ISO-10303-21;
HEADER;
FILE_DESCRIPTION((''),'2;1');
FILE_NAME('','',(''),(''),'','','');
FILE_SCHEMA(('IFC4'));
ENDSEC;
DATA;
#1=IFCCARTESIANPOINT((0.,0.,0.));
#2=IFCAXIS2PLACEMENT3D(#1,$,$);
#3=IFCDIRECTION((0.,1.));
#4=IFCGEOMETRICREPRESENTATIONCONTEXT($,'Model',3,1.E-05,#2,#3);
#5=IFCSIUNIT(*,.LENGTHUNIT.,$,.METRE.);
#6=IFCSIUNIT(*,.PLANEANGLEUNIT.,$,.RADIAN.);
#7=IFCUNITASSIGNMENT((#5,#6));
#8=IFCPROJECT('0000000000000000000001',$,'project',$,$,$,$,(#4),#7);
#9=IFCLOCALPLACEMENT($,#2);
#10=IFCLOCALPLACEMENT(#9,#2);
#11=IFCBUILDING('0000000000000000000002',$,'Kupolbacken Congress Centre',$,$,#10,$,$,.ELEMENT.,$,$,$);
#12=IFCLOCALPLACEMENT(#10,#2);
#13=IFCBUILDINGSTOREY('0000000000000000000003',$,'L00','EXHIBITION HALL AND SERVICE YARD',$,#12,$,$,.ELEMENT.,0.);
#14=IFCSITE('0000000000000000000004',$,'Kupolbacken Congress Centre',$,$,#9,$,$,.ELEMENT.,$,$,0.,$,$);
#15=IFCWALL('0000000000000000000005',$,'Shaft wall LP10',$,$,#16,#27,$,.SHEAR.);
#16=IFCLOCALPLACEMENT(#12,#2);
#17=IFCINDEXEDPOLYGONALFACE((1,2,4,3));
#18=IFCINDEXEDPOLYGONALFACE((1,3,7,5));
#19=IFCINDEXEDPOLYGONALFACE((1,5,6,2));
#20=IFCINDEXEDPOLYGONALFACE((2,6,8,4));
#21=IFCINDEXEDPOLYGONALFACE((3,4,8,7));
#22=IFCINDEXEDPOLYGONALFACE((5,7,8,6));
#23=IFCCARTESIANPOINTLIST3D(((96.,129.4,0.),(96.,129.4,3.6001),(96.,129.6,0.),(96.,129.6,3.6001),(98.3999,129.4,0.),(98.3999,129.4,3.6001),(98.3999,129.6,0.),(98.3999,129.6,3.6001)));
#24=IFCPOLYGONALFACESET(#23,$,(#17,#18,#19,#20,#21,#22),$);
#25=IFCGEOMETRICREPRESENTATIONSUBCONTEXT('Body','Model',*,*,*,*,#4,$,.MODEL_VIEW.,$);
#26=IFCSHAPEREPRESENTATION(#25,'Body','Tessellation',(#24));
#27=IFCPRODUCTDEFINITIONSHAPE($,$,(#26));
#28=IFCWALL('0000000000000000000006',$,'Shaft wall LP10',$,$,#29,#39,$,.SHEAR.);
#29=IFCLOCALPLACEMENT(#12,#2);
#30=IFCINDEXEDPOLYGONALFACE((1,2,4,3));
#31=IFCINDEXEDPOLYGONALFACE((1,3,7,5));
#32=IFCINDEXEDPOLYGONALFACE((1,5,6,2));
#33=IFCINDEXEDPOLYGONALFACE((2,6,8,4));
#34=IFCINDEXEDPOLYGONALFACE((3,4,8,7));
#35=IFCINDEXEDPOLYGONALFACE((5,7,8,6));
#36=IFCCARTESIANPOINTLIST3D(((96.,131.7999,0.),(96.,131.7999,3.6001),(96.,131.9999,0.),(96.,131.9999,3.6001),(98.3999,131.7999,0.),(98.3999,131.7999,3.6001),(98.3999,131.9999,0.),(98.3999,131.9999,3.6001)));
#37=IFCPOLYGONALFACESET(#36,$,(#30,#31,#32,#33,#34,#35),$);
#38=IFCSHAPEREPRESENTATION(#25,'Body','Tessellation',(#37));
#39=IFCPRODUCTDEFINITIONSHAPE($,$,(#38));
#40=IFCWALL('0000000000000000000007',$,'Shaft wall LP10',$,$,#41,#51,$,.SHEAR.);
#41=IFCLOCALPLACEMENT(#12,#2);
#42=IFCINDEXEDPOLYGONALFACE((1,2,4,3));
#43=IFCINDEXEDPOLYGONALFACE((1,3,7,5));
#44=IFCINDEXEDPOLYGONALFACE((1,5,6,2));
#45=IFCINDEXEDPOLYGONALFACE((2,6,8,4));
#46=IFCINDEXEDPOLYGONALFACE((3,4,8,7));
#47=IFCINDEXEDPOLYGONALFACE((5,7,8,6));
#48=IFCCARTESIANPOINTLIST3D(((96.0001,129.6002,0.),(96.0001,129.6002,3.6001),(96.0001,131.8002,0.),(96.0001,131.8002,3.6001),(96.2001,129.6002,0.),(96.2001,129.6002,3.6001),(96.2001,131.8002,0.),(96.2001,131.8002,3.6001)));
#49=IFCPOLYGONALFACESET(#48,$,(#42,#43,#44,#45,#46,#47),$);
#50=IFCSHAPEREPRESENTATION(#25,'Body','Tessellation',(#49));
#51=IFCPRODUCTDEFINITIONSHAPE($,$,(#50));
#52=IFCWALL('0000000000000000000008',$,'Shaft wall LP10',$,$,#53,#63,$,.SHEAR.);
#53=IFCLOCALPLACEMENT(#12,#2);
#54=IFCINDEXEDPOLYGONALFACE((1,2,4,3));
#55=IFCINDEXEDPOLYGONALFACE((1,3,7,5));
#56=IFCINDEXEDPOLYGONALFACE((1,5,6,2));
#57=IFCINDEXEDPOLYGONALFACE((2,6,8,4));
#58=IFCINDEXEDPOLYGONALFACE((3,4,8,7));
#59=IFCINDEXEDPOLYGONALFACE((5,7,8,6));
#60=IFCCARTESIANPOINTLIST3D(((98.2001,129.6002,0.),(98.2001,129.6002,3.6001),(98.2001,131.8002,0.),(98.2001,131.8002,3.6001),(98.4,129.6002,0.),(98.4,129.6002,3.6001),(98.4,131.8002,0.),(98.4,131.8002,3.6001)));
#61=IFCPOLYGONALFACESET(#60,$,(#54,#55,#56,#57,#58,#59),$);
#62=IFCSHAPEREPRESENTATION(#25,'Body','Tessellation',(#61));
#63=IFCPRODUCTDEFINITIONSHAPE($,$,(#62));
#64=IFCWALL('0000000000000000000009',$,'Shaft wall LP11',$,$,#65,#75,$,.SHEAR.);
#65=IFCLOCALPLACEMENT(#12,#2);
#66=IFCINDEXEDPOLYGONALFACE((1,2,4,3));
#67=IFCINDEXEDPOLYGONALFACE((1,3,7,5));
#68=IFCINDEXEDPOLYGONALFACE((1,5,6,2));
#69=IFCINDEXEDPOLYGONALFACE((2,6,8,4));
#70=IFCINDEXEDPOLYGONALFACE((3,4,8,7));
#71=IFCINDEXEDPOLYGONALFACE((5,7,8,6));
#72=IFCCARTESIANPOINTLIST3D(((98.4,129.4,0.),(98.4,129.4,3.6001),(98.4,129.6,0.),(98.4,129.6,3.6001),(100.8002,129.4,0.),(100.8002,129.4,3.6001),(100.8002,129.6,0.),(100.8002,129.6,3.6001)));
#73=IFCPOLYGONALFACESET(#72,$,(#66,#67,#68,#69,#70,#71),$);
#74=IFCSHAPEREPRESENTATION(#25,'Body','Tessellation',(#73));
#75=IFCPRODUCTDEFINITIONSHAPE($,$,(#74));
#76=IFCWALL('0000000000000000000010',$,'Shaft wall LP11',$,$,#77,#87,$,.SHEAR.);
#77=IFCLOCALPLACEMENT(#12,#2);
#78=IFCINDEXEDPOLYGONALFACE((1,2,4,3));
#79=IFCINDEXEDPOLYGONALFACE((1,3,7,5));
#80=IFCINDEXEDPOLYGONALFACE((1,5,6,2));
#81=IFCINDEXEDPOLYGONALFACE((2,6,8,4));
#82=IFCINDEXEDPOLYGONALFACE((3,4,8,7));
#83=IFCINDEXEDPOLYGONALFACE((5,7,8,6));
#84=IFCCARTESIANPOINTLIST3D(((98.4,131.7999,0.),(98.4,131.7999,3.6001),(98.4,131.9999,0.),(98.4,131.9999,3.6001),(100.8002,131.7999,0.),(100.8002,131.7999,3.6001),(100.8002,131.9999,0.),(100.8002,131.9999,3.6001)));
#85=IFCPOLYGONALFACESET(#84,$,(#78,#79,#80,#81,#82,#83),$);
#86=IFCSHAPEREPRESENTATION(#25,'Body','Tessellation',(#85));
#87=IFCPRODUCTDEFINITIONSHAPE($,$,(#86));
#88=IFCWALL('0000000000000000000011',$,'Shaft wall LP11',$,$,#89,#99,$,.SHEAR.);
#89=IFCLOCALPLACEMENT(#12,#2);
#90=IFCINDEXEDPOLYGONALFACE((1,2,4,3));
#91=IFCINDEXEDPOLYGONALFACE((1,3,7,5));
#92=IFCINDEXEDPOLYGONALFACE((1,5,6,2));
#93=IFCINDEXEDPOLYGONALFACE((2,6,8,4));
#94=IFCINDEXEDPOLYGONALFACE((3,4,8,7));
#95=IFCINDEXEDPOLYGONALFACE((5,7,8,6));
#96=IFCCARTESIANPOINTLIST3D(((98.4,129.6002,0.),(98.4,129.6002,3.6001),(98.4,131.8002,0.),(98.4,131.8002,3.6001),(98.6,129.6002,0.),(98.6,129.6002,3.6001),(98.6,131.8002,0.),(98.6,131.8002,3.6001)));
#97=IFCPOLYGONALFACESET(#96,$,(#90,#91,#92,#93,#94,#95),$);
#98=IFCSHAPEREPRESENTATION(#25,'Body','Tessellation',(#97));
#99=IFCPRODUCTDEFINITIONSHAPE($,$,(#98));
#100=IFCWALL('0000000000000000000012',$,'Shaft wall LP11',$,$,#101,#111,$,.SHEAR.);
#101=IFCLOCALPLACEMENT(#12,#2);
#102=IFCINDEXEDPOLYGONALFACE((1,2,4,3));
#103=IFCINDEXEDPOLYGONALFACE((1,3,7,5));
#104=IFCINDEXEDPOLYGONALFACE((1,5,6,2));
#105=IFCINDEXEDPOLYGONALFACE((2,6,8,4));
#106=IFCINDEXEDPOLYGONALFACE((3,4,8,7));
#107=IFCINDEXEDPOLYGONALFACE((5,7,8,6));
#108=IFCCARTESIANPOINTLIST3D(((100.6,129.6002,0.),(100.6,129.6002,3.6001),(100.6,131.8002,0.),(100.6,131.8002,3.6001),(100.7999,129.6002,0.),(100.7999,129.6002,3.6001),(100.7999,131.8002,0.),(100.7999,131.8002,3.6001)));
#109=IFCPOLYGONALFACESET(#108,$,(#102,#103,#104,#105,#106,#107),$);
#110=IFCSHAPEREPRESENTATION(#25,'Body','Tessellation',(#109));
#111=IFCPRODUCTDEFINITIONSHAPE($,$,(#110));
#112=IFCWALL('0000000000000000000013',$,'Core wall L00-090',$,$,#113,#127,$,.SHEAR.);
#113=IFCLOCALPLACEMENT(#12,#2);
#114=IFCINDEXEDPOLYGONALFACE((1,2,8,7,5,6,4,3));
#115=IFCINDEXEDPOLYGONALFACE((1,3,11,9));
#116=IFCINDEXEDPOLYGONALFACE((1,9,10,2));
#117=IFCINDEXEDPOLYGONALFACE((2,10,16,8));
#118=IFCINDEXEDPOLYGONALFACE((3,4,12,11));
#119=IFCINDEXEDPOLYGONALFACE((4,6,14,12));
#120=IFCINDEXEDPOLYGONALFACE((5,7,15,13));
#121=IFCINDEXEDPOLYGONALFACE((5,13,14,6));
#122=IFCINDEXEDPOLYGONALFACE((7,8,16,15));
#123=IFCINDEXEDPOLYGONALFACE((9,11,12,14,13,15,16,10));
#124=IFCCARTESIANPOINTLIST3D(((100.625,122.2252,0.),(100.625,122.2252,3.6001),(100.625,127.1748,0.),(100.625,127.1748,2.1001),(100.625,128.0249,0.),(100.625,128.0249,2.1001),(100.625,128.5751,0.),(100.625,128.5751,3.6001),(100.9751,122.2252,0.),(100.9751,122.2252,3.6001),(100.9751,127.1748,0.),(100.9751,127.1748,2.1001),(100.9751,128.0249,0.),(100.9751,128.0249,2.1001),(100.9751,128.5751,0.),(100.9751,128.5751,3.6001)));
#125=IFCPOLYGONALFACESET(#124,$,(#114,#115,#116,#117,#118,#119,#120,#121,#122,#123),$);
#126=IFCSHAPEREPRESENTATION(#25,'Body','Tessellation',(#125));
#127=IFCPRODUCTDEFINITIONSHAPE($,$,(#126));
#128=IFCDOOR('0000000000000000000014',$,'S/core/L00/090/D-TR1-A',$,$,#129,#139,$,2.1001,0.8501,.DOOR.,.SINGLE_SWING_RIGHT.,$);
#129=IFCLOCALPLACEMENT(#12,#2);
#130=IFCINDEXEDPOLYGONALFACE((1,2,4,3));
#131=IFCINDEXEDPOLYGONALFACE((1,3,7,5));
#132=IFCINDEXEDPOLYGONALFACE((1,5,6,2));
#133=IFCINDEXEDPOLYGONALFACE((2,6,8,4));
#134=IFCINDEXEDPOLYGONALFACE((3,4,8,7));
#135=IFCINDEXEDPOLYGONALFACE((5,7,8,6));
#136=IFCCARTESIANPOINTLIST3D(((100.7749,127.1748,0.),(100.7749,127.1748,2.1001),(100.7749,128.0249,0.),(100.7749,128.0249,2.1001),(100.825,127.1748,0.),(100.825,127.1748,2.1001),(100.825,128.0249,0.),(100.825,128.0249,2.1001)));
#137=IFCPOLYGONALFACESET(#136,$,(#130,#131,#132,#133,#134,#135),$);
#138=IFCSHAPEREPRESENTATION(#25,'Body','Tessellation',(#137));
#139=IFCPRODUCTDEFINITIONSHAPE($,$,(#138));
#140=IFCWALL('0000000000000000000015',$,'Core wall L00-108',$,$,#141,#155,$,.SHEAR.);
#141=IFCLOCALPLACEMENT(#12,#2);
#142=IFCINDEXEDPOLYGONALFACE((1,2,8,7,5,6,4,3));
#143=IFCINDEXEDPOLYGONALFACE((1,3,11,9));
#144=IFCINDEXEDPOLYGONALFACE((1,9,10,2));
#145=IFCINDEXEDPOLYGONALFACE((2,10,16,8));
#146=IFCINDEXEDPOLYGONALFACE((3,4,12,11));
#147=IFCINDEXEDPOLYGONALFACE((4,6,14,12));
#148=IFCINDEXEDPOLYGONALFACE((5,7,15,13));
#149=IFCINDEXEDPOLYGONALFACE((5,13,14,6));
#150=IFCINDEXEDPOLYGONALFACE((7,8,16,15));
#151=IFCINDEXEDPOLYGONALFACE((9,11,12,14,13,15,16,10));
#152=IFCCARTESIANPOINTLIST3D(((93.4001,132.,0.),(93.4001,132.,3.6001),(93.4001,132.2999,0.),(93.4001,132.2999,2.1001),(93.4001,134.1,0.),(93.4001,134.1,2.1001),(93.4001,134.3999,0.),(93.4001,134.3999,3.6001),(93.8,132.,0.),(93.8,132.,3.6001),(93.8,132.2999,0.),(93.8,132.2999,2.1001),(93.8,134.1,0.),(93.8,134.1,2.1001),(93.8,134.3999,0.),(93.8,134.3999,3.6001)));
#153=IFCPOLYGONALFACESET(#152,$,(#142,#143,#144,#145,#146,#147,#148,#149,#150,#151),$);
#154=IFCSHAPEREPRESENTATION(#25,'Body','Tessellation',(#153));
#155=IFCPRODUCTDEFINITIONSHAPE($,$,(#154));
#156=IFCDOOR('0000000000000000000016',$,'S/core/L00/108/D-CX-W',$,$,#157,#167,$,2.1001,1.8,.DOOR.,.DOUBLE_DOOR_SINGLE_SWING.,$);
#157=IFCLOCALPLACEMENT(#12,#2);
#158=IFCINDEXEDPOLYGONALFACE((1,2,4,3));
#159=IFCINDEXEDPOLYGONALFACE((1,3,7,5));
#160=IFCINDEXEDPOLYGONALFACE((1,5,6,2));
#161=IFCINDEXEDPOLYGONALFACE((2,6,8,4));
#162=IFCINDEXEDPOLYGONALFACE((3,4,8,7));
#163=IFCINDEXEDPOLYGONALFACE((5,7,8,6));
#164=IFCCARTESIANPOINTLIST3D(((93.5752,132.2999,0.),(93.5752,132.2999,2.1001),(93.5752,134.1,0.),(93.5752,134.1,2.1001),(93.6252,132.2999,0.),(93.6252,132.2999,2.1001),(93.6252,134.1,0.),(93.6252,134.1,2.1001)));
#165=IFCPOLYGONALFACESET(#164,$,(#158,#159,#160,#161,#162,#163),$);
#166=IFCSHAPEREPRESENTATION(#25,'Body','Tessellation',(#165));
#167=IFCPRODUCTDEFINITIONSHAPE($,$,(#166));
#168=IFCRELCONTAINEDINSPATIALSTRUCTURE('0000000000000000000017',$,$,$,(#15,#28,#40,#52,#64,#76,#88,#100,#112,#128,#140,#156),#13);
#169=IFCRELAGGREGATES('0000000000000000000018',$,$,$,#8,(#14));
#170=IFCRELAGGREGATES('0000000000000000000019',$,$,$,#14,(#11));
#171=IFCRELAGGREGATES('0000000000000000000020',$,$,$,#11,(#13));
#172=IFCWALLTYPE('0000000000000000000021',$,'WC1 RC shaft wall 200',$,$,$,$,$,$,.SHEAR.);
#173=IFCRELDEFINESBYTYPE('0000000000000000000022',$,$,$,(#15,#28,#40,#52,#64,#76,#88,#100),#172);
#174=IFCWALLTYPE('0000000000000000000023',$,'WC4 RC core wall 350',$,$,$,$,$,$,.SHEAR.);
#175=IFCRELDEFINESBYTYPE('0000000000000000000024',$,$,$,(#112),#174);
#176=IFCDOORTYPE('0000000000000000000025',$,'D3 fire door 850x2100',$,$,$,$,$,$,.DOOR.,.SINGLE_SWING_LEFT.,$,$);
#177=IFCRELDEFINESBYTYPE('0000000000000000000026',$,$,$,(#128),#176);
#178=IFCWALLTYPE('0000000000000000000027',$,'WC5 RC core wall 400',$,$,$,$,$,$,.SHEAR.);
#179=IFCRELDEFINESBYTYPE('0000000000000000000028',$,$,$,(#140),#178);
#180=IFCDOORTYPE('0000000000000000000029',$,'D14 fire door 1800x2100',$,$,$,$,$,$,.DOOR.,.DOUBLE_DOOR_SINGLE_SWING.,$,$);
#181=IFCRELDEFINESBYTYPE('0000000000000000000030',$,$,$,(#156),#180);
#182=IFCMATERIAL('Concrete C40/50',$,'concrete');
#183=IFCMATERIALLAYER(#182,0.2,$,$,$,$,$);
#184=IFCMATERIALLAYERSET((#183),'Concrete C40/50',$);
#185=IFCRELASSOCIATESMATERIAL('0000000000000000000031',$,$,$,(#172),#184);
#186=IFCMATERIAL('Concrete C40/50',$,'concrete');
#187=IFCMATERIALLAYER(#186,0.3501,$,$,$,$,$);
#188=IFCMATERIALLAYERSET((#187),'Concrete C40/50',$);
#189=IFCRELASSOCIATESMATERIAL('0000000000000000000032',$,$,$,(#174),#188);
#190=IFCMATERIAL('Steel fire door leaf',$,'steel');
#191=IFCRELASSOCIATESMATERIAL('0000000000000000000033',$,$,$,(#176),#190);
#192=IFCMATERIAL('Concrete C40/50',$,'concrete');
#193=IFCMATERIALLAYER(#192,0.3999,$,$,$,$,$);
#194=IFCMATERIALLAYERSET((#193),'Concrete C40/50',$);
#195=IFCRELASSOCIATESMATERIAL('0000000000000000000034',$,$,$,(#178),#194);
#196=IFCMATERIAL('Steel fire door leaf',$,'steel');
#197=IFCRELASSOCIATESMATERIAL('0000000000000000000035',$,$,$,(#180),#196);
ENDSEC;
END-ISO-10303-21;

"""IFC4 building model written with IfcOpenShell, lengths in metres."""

from ifc_helpers import new_model, si_unit, direction, frame, frame_2d, origin, place, context, subcontext, project, spatial, rectangle, extrude, material, layer, layer_set, type_object, element, fill, save


model = new_model("IFC4")

# Units and contexts
model_context = context("Model", 3, precision=1e-05, world=origin(), true_north=direction((0.0, 1.0)))
body_context = subcontext(model_context, "Body", "Model", "MODEL_VIEW")
ifc_project = project(units=[si_unit("LENGTHUNIT", "METRE"), si_unit("PLANEANGLEUNIT", "RADIAN")], contexts=[model_context])

# Site, building, storey
site_placement = place(None, origin())
site = spatial("IfcSite", under=ifc_project, at=site_placement, Name="Kupolbacken Congress Centre", CompositionType="ELEMENT", RefElevation=0.0)
building_placement = place(site_placement, origin())
building = spatial("IfcBuilding", under=site, at=building_placement, Name="Kupolbacken Congress Centre", CompositionType="ELEMENT")
storey_placement = place(building_placement, origin())
storey = spatial("IfcBuildingStorey", under=building, at=storey_placement, Name="L00", Description="EXHIBITION HALL AND SERVICE YARD", CompositionType="ELEMENT", Elevation=0.0)

# Walls
ifc_material_1 = material(Name="Concrete C40/50", Category="concrete")
ifc_layer_1 = layer(ifc_material_1, 0.2)
ifc_layer_set_1 = layer_set([ifc_layer_1], Name="Concrete C40/50")
wall_type_1 = type_object("IfcWallType", Name="WC1 RC shaft wall 200", PredefinedType="SHEAR", material=ifc_layer_set_1)
for number, where, z_axis, x_axis, name in (
    (1, (96.0, 129.5, 0.0), (0.0, 0.0, 1.0), (1.0, 0.0, 0.0), "Shaft wall LP10"),
    (2, (96.0, 131.8999, 0.0), (0.0, 0.0, 1.0), (1.0, 0.0, 0.0), "Shaft wall LP10"),
):
    element("IfcWall", number, at=place(storey_placement, frame(where, z_axis=z_axis, x_axis=x_axis)), inside=storey, type_object=wall_type_1, Name=name, PredefinedType="SHEAR", context=body_context, shape_type="SweptSolid", body=[
        extrude(rectangle(XDim=2.3999, YDim=0.2, at=frame_2d((1.2, 0.0))), origin(), (0.0, 0.0, 1.0), 3.6001),
    ])
for number, where, z_axis, x_axis, name in (
    (3, (96.1001, 129.6001, 0.0), (0.0, 0.0, 1.0), (0.0, 1.0, 0.0), "Shaft wall LP10"),
    (4, (98.3, 129.6001, 0.0), (0.0, 0.0, 1.0), (0.0, 1.0, 0.0), "Shaft wall LP10"),
):
    element("IfcWall", number, at=place(storey_placement, frame(where, z_axis=z_axis, x_axis=x_axis)), inside=storey, type_object=wall_type_1, Name=name, PredefinedType="SHEAR", context=body_context, shape_type="SweptSolid", body=[
        extrude(rectangle(XDim=2.2, YDim=0.2, at=frame_2d((1.1001, 0.0))), origin(), (0.0, 0.0, 1.0), 3.6001),
    ])
for number, where, z_axis, x_axis, name in (
    (5, (98.3999, 129.5, 0.0), (0.0, 0.0, 1.0), (1.0, 0.0, 0.0), "Shaft wall LP11"),
    (6, (98.3999, 131.8999, 0.0), (0.0, 0.0, 1.0), (1.0, 0.0, 0.0), "Shaft wall LP11"),
):
    element("IfcWall", number, at=place(storey_placement, frame(where, z_axis=z_axis, x_axis=x_axis)), inside=storey, type_object=wall_type_1, Name=name, PredefinedType="SHEAR", context=body_context, shape_type="SweptSolid", body=[
        extrude(rectangle(XDim=2.4001, YDim=0.2, at=frame_2d((1.2002, 0.0))), origin(), (0.0, 0.0, 1.0), 3.6001),
    ])
for number, where, z_axis, x_axis, name in (
    (7, (98.5, 129.6001, 0.0), (0.0, 0.0, 1.0), (0.0, 1.0, 0.0), "Shaft wall LP11"),
    (8, (100.7, 129.6001, 0.0), (0.0, 0.0, 1.0), (0.0, 1.0, 0.0), "Shaft wall LP11"),
):
    element("IfcWall", number, at=place(storey_placement, frame(where, z_axis=z_axis, x_axis=x_axis)), inside=storey, type_object=wall_type_1, Name=name, PredefinedType="SHEAR", context=body_context, shape_type="SweptSolid", body=[
        extrude(rectangle(XDim=2.2, YDim=0.2, at=frame_2d((1.1001, 0.0))), origin(), (0.0, 0.0, 1.0), 3.6001),
    ])

# Walls, openings, doors
ifc_material_2 = material(Name="Concrete C40/50", Category="concrete")
ifc_layer_2 = layer(ifc_material_2, 0.3501)
ifc_layer_set_2 = layer_set([ifc_layer_2], Name="Concrete C40/50")
wall_type_2 = type_object("IfcWallType", Name="WC4 RC core wall 350", PredefinedType="SHEAR", material=ifc_layer_set_2)
wall_1_placement = place(storey_placement, frame((100.8, 128.575, 0.0), z_axis=(0.0, 0.0, 1.0), x_axis=(0.0, -1.0, 0.0)))
wall_1 = element("IfcWall", 9, at=wall_1_placement, inside=storey, type_object=wall_type_2, Name="Core wall L00-090", PredefinedType="SHEAR", context=body_context, shape_type="SweptSolid", body=[
    extrude(rectangle(XDim=6.3499, YDim=0.3501, at=frame_2d((3.1748, 0.0))), origin(), (0.0, 0.0, 1.0), 3.6001),
])
opening_1_placement = place(wall_1_placement, frame((0.55, 0.0, 0.0)))
opening_1 = element("IfcOpeningElement", 10, at=opening_1_placement, cuts=wall_1, PredefinedType="OPENING", context=body_context, shape_type="SweptSolid", body=[
    extrude(rectangle(XDim=0.8501, YDim=2.1001, at=frame_2d((0.425, 1.05))), frame((0.0, 0.1851, 0.0), z_axis=(0.0, -1.0, 0.0), x_axis=(1.0, 0.0, 0.0)), (0.0, 0.0, 1.0), 0.3701),
])
ifc_material_3 = material(Name="Steel fire door leaf", Category="steel")
door_type_1 = type_object("IfcDoorType", Name="D3 fire door 850x2100", OperationType="SINGLE_SWING_LEFT", PredefinedType="DOOR", material=ifc_material_3)
door_1_placement = place(opening_1_placement, origin())
door_1 = element("IfcDoor", 11, at=door_1_placement, inside=storey, type_object=door_type_1, Name="S/core/L00/090/D-TR1-A", OperationType="SINGLE_SWING_RIGHT", OverallHeight=2.1001, OverallWidth=0.8501, PredefinedType="DOOR", context=body_context, shape_type="SweptSolid", body=[
    extrude(rectangle(XDim=0.8501, YDim=2.1001, at=frame_2d((0.425, 1.05))), frame((0.0, 0.0249, 0.0), z_axis=(0.0, -1.0, 0.0), x_axis=(1.0, 0.0, 0.0)), (0.0, 0.0, 1.0), 0.05),
])
fill(opening_1, door_1)
ifc_material_4 = material(Name="Concrete C40/50", Category="concrete")
ifc_layer_3 = layer(ifc_material_4, 0.3999)
ifc_layer_set_3 = layer_set([ifc_layer_3], Name="Concrete C40/50")
wall_type_3 = type_object("IfcWallType", Name="WC5 RC core wall 400", PredefinedType="SHEAR", material=ifc_layer_set_3)
wall_2_placement = place(storey_placement, frame((93.6001, 132.0, 0.0), z_axis=(0.0, 0.0, 1.0), x_axis=(0.0, 1.0, 0.0)))
wall_2 = element("IfcWall", 12, at=wall_2_placement, inside=storey, type_object=wall_type_3, Name="Core wall L00-108", PredefinedType="SHEAR", context=body_context, shape_type="SweptSolid", body=[
    extrude(rectangle(XDim=2.3999, YDim=0.3999, at=frame_2d((1.2, 0.0))), origin(), (0.0, 0.0, 1.0), 3.6001),
])
opening_2_placement = place(wall_2_placement, frame((0.3, 0.0, 0.0)))
opening_2 = element("IfcOpeningElement", 13, at=opening_2_placement, cuts=wall_2, PredefinedType="OPENING", context=body_context, shape_type="SweptSolid", body=[
    extrude(rectangle(XDim=1.8, YDim=2.1001, at=frame_2d((0.8999, 1.05))), frame((0.0, 0.21, 0.0), z_axis=(0.0, -1.0, 0.0), x_axis=(1.0, 0.0, 0.0)), (0.0, 0.0, 1.0), 0.4199),
])
ifc_material_5 = material(Name="Steel fire door leaf", Category="steel")
door_type_2 = type_object("IfcDoorType", Name="D14 fire door 1800x2100", OperationType="DOUBLE_DOOR_SINGLE_SWING", PredefinedType="DOOR", material=ifc_material_5)
door_2_placement = place(opening_2_placement, origin())
door_2 = element("IfcDoor", 14, at=door_2_placement, inside=storey, type_object=door_type_2, Name="S/core/L00/108/D-CX-W", OperationType="DOUBLE_DOOR_SINGLE_SWING", OverallHeight=2.1001, OverallWidth=1.8, PredefinedType="DOOR", context=body_context, shape_type="SweptSolid", body=[
    extrude(rectangle(XDim=1.8, YDim=2.1001, at=frame_2d((0.8999, 1.05))), frame((0.0, 0.0249, 0.0), z_axis=(0.0, -1.0, 0.0), x_axis=(1.0, 0.0, 0.0)), (0.0, 0.0, 1.0), 0.05),
])
fill(opening_2, door_2)

save(model, "model.ifc")
